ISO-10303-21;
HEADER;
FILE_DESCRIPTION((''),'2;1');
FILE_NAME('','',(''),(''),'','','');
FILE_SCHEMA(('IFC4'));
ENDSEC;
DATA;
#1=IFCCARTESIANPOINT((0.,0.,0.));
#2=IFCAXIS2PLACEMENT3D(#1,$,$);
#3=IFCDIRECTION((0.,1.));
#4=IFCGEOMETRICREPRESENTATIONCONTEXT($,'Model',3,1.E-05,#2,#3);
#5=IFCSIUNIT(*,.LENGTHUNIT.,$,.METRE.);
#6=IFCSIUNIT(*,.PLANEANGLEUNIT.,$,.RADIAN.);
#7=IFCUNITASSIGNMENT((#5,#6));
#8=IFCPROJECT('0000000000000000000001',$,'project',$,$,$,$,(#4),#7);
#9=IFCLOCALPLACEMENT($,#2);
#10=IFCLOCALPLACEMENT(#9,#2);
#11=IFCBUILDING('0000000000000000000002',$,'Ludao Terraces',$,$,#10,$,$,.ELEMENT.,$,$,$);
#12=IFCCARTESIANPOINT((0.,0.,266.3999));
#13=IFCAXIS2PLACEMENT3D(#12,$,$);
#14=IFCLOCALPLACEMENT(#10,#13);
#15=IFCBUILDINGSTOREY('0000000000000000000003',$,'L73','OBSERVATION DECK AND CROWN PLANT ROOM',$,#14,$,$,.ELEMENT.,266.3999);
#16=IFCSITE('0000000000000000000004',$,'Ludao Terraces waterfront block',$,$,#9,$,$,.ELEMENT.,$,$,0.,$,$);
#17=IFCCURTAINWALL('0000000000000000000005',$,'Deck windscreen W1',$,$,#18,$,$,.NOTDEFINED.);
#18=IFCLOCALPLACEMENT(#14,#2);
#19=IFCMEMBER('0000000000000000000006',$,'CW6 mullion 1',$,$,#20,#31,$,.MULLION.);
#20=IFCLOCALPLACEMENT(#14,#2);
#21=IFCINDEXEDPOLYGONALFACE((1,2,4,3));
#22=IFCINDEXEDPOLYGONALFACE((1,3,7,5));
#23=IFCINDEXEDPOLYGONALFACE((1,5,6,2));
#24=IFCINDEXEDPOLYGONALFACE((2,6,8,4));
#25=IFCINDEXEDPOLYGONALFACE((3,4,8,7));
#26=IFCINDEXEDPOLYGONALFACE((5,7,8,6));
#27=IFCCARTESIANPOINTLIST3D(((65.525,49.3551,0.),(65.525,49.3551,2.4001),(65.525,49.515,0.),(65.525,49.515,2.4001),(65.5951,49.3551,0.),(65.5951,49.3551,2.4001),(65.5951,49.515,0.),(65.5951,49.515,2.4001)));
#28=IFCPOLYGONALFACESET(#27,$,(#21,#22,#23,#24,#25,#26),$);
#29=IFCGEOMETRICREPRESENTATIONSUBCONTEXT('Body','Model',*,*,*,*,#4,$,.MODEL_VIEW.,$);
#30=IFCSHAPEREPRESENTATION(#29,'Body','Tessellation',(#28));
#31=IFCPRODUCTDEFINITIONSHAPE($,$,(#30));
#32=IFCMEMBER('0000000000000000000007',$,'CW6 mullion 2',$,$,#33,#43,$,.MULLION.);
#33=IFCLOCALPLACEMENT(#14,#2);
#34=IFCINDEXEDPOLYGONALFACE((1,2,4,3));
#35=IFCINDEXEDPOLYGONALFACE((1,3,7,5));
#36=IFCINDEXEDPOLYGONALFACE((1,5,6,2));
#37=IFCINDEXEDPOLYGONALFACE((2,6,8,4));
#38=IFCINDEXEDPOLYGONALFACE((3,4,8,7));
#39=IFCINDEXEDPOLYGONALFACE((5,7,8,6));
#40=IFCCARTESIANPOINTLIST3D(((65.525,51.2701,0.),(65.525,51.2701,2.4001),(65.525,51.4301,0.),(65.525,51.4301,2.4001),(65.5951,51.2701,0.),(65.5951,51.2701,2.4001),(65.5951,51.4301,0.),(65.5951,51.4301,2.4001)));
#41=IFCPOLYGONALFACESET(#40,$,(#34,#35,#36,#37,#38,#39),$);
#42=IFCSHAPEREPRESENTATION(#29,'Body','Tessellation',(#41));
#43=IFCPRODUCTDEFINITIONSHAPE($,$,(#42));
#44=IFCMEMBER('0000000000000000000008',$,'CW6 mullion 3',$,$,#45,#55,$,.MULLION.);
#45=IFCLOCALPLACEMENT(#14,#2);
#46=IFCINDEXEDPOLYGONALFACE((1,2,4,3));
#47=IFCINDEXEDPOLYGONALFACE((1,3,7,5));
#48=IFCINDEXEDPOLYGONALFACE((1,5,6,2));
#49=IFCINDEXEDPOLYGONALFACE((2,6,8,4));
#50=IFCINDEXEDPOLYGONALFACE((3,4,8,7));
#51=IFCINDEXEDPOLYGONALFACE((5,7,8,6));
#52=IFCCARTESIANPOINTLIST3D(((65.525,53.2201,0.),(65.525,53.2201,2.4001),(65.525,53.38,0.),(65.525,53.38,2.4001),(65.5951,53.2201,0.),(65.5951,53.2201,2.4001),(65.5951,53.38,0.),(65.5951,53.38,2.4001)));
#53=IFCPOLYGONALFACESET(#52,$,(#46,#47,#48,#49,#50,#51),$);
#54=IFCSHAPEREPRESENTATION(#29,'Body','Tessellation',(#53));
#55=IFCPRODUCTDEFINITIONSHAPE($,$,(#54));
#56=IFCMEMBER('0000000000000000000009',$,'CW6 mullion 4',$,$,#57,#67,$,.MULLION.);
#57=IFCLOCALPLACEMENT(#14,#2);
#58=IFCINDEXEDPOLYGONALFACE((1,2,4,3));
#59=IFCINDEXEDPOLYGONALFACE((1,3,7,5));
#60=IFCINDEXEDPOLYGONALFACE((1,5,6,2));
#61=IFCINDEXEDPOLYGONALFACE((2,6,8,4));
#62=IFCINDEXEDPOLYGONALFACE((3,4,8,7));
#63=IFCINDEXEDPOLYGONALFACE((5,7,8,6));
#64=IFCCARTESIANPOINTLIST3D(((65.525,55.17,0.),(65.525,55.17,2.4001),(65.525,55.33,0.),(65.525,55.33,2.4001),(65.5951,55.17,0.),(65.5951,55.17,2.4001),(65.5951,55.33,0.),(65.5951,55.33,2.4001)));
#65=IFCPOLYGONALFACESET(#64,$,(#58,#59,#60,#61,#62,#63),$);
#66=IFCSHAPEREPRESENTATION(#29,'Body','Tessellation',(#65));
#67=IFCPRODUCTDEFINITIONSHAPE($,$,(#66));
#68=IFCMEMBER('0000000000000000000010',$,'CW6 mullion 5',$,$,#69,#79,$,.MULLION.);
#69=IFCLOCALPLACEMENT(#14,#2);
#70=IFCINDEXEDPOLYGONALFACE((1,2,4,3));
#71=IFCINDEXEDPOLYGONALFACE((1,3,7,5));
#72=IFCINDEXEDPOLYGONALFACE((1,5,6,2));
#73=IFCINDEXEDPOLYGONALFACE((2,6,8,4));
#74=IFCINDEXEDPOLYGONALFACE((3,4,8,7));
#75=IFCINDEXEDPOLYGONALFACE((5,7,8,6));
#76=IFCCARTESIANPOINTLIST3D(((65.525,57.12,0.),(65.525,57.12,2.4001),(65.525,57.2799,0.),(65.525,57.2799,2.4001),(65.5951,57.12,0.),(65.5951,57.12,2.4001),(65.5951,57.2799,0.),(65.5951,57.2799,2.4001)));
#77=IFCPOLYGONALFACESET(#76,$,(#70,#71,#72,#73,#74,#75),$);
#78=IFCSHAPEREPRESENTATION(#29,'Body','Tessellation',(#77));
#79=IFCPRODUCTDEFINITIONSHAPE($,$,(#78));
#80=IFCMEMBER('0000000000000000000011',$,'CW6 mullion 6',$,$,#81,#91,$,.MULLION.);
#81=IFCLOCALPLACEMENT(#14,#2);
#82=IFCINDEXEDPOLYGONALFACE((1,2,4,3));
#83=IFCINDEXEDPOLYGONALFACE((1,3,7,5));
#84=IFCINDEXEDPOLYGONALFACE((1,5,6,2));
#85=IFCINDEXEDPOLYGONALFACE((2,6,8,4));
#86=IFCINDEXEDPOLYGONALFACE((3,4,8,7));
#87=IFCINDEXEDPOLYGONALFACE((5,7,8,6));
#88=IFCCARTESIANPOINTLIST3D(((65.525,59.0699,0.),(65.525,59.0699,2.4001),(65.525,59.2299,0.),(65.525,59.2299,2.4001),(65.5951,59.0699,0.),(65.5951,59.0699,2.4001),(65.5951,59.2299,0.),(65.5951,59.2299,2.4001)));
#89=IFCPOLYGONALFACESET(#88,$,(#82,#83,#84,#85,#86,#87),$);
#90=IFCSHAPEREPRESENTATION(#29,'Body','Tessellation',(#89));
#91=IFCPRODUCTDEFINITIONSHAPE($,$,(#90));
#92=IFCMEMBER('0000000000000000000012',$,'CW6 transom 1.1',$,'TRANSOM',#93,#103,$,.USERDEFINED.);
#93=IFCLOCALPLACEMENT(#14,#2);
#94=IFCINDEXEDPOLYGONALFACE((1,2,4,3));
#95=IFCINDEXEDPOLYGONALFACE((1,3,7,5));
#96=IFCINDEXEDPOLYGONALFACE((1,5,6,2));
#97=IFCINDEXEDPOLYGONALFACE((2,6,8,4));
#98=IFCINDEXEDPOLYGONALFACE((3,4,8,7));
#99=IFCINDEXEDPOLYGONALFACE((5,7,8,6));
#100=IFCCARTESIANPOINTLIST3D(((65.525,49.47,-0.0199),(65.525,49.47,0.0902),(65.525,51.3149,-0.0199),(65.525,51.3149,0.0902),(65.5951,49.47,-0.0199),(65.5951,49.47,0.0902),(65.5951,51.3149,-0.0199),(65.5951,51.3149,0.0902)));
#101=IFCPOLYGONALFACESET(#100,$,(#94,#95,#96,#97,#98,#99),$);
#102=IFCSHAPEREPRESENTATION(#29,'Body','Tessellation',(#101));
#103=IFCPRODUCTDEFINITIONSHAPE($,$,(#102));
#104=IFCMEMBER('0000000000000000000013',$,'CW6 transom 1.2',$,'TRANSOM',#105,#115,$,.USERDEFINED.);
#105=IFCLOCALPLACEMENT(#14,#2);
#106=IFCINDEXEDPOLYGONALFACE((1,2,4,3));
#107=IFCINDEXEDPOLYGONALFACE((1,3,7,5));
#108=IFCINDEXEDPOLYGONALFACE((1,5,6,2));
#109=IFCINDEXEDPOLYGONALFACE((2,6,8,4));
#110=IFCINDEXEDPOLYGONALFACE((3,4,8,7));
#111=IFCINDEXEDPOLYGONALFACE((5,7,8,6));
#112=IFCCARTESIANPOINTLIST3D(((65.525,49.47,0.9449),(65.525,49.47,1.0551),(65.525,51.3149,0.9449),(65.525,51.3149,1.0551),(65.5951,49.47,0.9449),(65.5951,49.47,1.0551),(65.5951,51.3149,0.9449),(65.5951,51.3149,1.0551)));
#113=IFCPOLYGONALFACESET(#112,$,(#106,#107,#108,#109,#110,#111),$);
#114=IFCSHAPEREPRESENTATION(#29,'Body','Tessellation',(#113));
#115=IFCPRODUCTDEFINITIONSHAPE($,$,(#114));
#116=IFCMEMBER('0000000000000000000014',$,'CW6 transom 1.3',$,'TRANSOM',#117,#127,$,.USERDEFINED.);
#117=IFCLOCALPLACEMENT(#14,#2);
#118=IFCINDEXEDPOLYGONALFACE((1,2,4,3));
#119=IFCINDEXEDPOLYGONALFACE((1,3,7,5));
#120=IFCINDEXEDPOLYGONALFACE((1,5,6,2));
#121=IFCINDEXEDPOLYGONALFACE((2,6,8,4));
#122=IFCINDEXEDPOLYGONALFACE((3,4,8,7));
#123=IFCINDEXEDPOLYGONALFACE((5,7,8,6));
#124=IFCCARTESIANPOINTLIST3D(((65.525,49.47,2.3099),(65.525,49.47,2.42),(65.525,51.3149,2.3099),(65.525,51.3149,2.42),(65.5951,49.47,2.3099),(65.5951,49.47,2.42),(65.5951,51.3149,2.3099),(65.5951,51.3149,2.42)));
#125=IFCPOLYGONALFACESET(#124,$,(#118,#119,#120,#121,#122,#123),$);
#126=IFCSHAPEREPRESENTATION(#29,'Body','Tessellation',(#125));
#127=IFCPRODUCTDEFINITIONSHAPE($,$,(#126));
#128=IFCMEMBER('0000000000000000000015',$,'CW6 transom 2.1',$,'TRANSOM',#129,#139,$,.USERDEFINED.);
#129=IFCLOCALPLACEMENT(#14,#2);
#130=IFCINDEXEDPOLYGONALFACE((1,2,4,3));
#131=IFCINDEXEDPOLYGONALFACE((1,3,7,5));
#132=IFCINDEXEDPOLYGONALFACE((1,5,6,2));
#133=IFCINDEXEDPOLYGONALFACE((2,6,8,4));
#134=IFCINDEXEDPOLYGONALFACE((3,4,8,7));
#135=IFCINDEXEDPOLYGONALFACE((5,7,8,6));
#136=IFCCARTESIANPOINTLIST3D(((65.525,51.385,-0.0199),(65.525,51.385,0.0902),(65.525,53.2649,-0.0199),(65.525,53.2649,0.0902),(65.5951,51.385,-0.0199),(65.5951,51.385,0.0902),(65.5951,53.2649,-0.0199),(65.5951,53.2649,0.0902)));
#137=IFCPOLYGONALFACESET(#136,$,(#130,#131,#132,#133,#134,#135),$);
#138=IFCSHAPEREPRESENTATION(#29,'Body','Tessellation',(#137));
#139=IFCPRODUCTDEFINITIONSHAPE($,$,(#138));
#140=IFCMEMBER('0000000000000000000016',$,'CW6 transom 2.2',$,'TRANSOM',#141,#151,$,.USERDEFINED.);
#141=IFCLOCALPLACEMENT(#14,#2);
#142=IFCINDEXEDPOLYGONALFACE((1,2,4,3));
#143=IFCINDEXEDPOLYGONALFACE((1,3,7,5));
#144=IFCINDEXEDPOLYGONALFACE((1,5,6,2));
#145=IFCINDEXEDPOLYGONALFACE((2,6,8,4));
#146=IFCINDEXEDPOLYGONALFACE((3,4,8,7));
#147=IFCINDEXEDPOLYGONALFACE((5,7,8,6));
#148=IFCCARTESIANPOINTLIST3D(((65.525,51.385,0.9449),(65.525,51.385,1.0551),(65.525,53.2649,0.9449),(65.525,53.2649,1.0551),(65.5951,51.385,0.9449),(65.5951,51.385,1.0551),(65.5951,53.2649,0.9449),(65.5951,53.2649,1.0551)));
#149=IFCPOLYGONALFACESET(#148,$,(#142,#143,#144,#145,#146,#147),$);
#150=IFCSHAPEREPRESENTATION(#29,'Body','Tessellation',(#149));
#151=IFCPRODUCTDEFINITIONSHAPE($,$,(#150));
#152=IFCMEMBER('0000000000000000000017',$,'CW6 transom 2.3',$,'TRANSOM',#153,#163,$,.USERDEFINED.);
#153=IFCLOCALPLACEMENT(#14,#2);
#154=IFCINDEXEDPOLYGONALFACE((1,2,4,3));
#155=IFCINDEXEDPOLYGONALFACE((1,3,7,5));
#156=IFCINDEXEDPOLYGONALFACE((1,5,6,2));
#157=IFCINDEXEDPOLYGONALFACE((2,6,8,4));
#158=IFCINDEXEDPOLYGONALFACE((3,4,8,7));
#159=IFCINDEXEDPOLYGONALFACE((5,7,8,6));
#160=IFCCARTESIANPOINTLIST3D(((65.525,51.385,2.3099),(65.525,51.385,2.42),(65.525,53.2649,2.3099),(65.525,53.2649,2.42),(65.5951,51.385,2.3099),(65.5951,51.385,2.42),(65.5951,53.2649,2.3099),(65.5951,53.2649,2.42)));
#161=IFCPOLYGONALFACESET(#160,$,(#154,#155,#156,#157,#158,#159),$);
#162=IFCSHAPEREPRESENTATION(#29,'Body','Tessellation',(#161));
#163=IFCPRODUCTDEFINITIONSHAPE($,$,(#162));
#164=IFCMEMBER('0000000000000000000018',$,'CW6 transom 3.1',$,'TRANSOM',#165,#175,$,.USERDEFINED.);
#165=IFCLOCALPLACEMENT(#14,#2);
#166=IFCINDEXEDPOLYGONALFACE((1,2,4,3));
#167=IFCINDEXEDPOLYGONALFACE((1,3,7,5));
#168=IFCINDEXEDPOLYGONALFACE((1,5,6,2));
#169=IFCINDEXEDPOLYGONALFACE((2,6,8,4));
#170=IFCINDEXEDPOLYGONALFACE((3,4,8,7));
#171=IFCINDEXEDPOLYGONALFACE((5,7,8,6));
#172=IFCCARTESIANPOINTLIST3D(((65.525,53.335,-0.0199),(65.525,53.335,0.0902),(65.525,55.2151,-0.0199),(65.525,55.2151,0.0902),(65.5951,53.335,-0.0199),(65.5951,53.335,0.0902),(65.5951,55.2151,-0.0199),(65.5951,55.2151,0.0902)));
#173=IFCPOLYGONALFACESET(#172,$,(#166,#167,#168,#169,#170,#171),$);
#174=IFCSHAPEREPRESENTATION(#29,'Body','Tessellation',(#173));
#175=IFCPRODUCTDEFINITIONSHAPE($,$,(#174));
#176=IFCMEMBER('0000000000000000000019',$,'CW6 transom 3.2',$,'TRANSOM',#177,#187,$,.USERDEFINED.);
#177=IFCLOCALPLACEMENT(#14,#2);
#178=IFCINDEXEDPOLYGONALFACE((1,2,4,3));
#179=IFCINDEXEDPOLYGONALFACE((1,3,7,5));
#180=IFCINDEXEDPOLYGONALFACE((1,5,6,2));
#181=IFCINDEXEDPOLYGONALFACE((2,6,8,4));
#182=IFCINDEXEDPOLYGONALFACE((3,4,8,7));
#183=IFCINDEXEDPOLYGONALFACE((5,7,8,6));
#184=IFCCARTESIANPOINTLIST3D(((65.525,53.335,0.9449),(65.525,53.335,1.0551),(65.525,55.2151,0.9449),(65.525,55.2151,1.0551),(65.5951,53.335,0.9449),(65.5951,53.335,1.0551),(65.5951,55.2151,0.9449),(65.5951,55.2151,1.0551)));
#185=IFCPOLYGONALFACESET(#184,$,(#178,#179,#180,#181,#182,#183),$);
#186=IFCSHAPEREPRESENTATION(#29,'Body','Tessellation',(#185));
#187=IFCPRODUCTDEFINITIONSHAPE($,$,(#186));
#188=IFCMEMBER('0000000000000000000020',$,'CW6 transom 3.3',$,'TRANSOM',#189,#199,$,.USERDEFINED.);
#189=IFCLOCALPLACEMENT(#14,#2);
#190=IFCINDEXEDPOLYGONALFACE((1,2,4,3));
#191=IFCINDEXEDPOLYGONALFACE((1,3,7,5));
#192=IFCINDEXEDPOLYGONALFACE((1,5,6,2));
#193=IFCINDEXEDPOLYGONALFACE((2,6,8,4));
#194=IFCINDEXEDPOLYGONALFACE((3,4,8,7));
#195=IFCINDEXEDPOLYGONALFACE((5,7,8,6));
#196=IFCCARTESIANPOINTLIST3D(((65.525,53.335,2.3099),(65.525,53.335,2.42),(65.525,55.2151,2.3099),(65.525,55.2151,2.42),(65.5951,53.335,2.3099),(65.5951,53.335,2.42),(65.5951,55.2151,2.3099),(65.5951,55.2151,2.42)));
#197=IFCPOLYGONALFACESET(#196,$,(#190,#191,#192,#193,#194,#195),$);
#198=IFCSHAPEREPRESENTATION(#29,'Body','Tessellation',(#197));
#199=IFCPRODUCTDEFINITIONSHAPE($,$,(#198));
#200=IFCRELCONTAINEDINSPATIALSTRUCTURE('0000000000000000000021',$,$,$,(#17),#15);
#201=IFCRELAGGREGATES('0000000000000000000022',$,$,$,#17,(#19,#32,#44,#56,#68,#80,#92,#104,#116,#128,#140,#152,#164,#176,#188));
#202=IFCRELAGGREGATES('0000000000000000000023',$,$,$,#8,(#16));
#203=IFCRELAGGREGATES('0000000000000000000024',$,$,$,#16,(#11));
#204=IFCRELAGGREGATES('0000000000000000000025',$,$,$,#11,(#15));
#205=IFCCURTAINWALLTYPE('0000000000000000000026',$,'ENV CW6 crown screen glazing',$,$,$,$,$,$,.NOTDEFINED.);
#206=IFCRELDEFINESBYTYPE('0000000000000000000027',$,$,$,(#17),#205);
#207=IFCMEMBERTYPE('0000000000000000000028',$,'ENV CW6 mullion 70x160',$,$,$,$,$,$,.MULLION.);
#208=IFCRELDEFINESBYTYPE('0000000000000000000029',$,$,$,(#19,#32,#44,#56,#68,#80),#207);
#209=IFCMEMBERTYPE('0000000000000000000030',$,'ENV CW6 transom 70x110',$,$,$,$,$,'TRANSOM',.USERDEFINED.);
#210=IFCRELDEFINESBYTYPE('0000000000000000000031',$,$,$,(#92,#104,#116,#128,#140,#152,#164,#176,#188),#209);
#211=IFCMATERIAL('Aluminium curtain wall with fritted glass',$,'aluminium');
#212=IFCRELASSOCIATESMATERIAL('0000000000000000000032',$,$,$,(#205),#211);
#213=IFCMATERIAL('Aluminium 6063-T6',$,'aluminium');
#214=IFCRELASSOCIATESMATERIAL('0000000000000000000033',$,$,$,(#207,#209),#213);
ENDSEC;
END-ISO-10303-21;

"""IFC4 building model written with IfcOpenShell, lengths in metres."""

from ifc_helpers import new_model, si_unit, direction, frame, origin, origin_2d, place, context, subcontext, project, spatial, rectangle, extrude, material, material_profile, profile_set, type_object, element, aggregate, save


model = new_model("IFC4")

# Units and contexts
model_context = context("Model", 3, precision=1e-05, world=origin(), true_north=direction((0.0, 1.0)))
body_context = subcontext(model_context, "Body", "Model", "MODEL_VIEW")
ifc_project = project(units=[si_unit("LENGTHUNIT", "METRE"), si_unit("PLANEANGLEUNIT", "RADIAN")], contexts=[model_context])

# Site, building, storey
site_placement = place(None, origin())
site = spatial("IfcSite", under=ifc_project, at=site_placement, Name="Ludao Terraces waterfront block", CompositionType="ELEMENT", RefElevation=0.0)
building_placement = place(site_placement, origin())
building = spatial("IfcBuilding", under=site, at=building_placement, Name="Ludao Terraces", CompositionType="ELEMENT")
storey_placement = place(building_placement, frame((0.0, 0.0, 266.3999)))
storey = spatial("IfcBuildingStorey", under=building, at=storey_placement, Name="L73", Description="OBSERVATION DECK AND CROWN PLANT ROOM", CompositionType="ELEMENT", Elevation=266.3999)

# Curtain wall, members
ifc_material_1 = material(Name="Aluminium curtain wall with fritted glass", Category="aluminium")
curtain_wall_type = type_object("IfcCurtainWallType", Name="ENV CW6 crown screen glazing", PredefinedType="NOTDEFINED", material=ifc_material_1)
curtain_wall_placement = place(storey_placement, origin())
curtain_wall = element("IfcCurtainWall", 1, at=curtain_wall_placement, inside=storey, type_object=curtain_wall_type, Name="Deck windscreen W1", PredefinedType="NOTDEFINED")
ifc_material_2 = material(Name="Aluminium 6063-T6", Category="aluminium")
ifc_material_profile_1 = material_profile(ifc_material_2, rectangle(XDim=0.0701, YDim=0.1599, at=origin_2d()), Name="70 X 160")
ifc_profile_set_1 = profile_set([ifc_material_profile_1], Name="Aluminium 6063-T6")
member_type_1 = type_object("IfcMemberType", Name="ENV CW6 mullion 70x160", PredefinedType="MULLION", material=ifc_profile_set_1)
member_1_placement = place(storey_placement, frame((65.5601, 49.4351, 0.0), z_axis=(0.0, 0.0, 1.0), x_axis=(-1.0, 0.0, 0.0)))
member_1 = element("IfcMember", 2, at=member_1_placement, type_object=member_type_1, Name="CW6 mullion 1", PredefinedType="MULLION", context=body_context, shape_type="SweptSolid", body=[
    extrude(rectangle(XDim=0.0701, YDim=0.1599, at=origin_2d()), origin(), (0.0, 0.0, 1.0), 2.4001),
])
member_2_placement = place(storey_placement, frame((65.5601, 51.3501, 0.0), z_axis=(0.0, 0.0, 1.0), x_axis=(-1.0, 0.0, 0.0)))
member_2 = element("IfcMember", 3, at=member_2_placement, type_object=member_type_1, Name="CW6 mullion 2", PredefinedType="MULLION", context=body_context, shape_type="SweptSolid", body=[
    extrude(rectangle(XDim=0.0701, YDim=0.1599, at=origin_2d()), origin(), (0.0, 0.0, 1.0), 2.4001),
])
member_3_placement = place(storey_placement, frame((65.5601, 53.3, 0.0), z_axis=(0.0, 0.0, 1.0), x_axis=(-1.0, 0.0, 0.0)))
member_3 = element("IfcMember", 4, at=member_3_placement, type_object=member_type_1, Name="CW6 mullion 3", PredefinedType="MULLION", context=body_context, shape_type="SweptSolid", body=[
    extrude(rectangle(XDim=0.0701, YDim=0.1599, at=origin_2d()), origin(), (0.0, 0.0, 1.0), 2.4001),
])
member_4_placement = place(storey_placement, frame((65.5601, 55.25, 0.0), z_axis=(0.0, 0.0, 1.0), x_axis=(-1.0, 0.0, 0.0)))
member_4 = element("IfcMember", 5, at=member_4_placement, type_object=member_type_1, Name="CW6 mullion 4", PredefinedType="MULLION", context=body_context, shape_type="SweptSolid", body=[
    extrude(rectangle(XDim=0.0701, YDim=0.1599, at=origin_2d()), origin(), (0.0, 0.0, 1.0), 2.4001),
])
member_5_placement = place(storey_placement, frame((65.5601, 57.2, 0.0), z_axis=(0.0, 0.0, 1.0), x_axis=(-1.0, 0.0, 0.0)))
member_5 = element("IfcMember", 6, at=member_5_placement, type_object=member_type_1, Name="CW6 mullion 5", PredefinedType="MULLION", context=body_context, shape_type="SweptSolid", body=[
    extrude(rectangle(XDim=0.0701, YDim=0.1599, at=origin_2d()), origin(), (0.0, 0.0, 1.0), 2.4001),
])
member_6_placement = place(storey_placement, frame((65.5601, 59.1499, 0.0), z_axis=(0.0, 0.0, 1.0), x_axis=(-1.0, 0.0, 0.0)))
member_6 = element("IfcMember", 7, at=member_6_placement, type_object=member_type_1, Name="CW6 mullion 6", PredefinedType="MULLION", context=body_context, shape_type="SweptSolid", body=[
    extrude(rectangle(XDim=0.0701, YDim=0.1599, at=origin_2d()), origin(), (0.0, 0.0, 1.0), 2.4001),
])
ifc_material_profile_2 = material_profile(ifc_material_2, rectangle(XDim=0.0701, YDim=0.1101, at=origin_2d()), Name="70 X 110")
ifc_profile_set_2 = profile_set([ifc_material_profile_2], Name="Aluminium 6063-T6")
member_type_2 = type_object("IfcMemberType", Name="ENV CW6 transom 70x110", ElementType="TRANSOM", PredefinedType="USERDEFINED", material=ifc_profile_set_2)
member_7_placement = place(storey_placement, frame((65.5601, 49.47, 0.0352), z_axis=(0.0, 1.0, 0.0), x_axis=(-1.0, 0.0, 0.0)))
member_7 = element("IfcMember", 8, at=member_7_placement, type_object=member_type_2, Name="CW6 transom 1.1", ObjectType="TRANSOM", PredefinedType="USERDEFINED", context=body_context, shape_type="SweptSolid", body=[
    extrude(rectangle(XDim=0.0701, YDim=0.1101, at=origin_2d()), origin(), (0.0, 0.0, 1.0), 1.845),
])
member_8_placement = place(storey_placement, frame((65.5601, 49.47, 1.0), z_axis=(0.0, 1.0, 0.0), x_axis=(-1.0, 0.0, 0.0)))
member_8 = element("IfcMember", 9, at=member_8_placement, type_object=member_type_2, Name="CW6 transom 1.2", ObjectType="TRANSOM", PredefinedType="USERDEFINED", context=body_context, shape_type="SweptSolid", body=[
    extrude(rectangle(XDim=0.0701, YDim=0.1101, at=origin_2d()), origin(), (0.0, 0.0, 1.0), 1.845),
])
member_9_placement = place(storey_placement, frame((65.5601, 49.47, 2.365), z_axis=(0.0, 1.0, 0.0), x_axis=(-1.0, 0.0, 0.0)))
member_9 = element("IfcMember", 10, at=member_9_placement, type_object=member_type_2, Name="CW6 transom 1.3", ObjectType="TRANSOM", PredefinedType="USERDEFINED", context=body_context, shape_type="SweptSolid", body=[
    extrude(rectangle(XDim=0.0701, YDim=0.1101, at=origin_2d()), origin(), (0.0, 0.0, 1.0), 1.845),
])
member_10_placement = place(storey_placement, frame((65.5601, 51.385, 0.0352), z_axis=(0.0, 1.0, 0.0), x_axis=(-1.0, 0.0, 0.0)))
member_10 = element("IfcMember", 11, at=member_10_placement, type_object=member_type_2, Name="CW6 transom 2.1", ObjectType="TRANSOM", PredefinedType="USERDEFINED", context=body_context, shape_type="SweptSolid", body=[
    extrude(rectangle(XDim=0.0701, YDim=0.1101, at=origin_2d()), origin(), (0.0, 0.0, 1.0), 1.8799),
])
member_11_placement = place(storey_placement, frame((65.5601, 51.385, 1.0), z_axis=(0.0, 1.0, 0.0), x_axis=(-1.0, 0.0, 0.0)))
member_11 = element("IfcMember", 12, at=member_11_placement, type_object=member_type_2, Name="CW6 transom 2.2", ObjectType="TRANSOM", PredefinedType="USERDEFINED", context=body_context, shape_type="SweptSolid", body=[
    extrude(rectangle(XDim=0.0701, YDim=0.1101, at=origin_2d()), origin(), (0.0, 0.0, 1.0), 1.8799),
])
member_12_placement = place(storey_placement, frame((65.5601, 51.385, 2.365), z_axis=(0.0, 1.0, 0.0), x_axis=(-1.0, 0.0, 0.0)))
member_12 = element("IfcMember", 13, at=member_12_placement, type_object=member_type_2, Name="CW6 transom 2.3", ObjectType="TRANSOM", PredefinedType="USERDEFINED", context=body_context, shape_type="SweptSolid", body=[
    extrude(rectangle(XDim=0.0701, YDim=0.1101, at=origin_2d()), origin(), (0.0, 0.0, 1.0), 1.8799),
])
member_13_placement = place(storey_placement, frame((65.5601, 53.335, 0.0352), z_axis=(0.0, 1.0, 0.0), x_axis=(-1.0, 0.0, 0.0)))
member_13 = element("IfcMember", 14, at=member_13_placement, type_object=member_type_2, Name="CW6 transom 3.1", ObjectType="TRANSOM", PredefinedType="USERDEFINED", context=body_context, shape_type="SweptSolid", body=[
    extrude(rectangle(XDim=0.0701, YDim=0.1101, at=origin_2d()), origin(), (0.0, 0.0, 1.0), 1.8801),
])
member_14_placement = place(storey_placement, frame((65.5601, 53.335, 1.0), z_axis=(0.0, 1.0, 0.0), x_axis=(-1.0, 0.0, 0.0)))
member_14 = element("IfcMember", 15, at=member_14_placement, type_object=member_type_2, Name="CW6 transom 3.2", ObjectType="TRANSOM", PredefinedType="USERDEFINED", context=body_context, shape_type="SweptSolid", body=[
    extrude(rectangle(XDim=0.0701, YDim=0.1101, at=origin_2d()), origin(), (0.0, 0.0, 1.0), 1.8801),
])
member_15_placement = place(storey_placement, frame((65.5601, 53.335, 2.365), z_axis=(0.0, 1.0, 0.0), x_axis=(-1.0, 0.0, 0.0)))
member_15 = element("IfcMember", 16, at=member_15_placement, type_object=member_type_2, Name="CW6 transom 3.3", ObjectType="TRANSOM", PredefinedType="USERDEFINED", context=body_context, shape_type="SweptSolid", body=[
    extrude(rectangle(XDim=0.0701, YDim=0.1101, at=origin_2d()), origin(), (0.0, 0.0, 1.0), 1.8801),
])

aggregate(curtain_wall, [member_1, member_2, member_3, member_4, member_5, member_6, member_7, member_8, member_9, member_10, member_11, member_12, member_13, member_14, member_15])

save(model, "model.ifc")
